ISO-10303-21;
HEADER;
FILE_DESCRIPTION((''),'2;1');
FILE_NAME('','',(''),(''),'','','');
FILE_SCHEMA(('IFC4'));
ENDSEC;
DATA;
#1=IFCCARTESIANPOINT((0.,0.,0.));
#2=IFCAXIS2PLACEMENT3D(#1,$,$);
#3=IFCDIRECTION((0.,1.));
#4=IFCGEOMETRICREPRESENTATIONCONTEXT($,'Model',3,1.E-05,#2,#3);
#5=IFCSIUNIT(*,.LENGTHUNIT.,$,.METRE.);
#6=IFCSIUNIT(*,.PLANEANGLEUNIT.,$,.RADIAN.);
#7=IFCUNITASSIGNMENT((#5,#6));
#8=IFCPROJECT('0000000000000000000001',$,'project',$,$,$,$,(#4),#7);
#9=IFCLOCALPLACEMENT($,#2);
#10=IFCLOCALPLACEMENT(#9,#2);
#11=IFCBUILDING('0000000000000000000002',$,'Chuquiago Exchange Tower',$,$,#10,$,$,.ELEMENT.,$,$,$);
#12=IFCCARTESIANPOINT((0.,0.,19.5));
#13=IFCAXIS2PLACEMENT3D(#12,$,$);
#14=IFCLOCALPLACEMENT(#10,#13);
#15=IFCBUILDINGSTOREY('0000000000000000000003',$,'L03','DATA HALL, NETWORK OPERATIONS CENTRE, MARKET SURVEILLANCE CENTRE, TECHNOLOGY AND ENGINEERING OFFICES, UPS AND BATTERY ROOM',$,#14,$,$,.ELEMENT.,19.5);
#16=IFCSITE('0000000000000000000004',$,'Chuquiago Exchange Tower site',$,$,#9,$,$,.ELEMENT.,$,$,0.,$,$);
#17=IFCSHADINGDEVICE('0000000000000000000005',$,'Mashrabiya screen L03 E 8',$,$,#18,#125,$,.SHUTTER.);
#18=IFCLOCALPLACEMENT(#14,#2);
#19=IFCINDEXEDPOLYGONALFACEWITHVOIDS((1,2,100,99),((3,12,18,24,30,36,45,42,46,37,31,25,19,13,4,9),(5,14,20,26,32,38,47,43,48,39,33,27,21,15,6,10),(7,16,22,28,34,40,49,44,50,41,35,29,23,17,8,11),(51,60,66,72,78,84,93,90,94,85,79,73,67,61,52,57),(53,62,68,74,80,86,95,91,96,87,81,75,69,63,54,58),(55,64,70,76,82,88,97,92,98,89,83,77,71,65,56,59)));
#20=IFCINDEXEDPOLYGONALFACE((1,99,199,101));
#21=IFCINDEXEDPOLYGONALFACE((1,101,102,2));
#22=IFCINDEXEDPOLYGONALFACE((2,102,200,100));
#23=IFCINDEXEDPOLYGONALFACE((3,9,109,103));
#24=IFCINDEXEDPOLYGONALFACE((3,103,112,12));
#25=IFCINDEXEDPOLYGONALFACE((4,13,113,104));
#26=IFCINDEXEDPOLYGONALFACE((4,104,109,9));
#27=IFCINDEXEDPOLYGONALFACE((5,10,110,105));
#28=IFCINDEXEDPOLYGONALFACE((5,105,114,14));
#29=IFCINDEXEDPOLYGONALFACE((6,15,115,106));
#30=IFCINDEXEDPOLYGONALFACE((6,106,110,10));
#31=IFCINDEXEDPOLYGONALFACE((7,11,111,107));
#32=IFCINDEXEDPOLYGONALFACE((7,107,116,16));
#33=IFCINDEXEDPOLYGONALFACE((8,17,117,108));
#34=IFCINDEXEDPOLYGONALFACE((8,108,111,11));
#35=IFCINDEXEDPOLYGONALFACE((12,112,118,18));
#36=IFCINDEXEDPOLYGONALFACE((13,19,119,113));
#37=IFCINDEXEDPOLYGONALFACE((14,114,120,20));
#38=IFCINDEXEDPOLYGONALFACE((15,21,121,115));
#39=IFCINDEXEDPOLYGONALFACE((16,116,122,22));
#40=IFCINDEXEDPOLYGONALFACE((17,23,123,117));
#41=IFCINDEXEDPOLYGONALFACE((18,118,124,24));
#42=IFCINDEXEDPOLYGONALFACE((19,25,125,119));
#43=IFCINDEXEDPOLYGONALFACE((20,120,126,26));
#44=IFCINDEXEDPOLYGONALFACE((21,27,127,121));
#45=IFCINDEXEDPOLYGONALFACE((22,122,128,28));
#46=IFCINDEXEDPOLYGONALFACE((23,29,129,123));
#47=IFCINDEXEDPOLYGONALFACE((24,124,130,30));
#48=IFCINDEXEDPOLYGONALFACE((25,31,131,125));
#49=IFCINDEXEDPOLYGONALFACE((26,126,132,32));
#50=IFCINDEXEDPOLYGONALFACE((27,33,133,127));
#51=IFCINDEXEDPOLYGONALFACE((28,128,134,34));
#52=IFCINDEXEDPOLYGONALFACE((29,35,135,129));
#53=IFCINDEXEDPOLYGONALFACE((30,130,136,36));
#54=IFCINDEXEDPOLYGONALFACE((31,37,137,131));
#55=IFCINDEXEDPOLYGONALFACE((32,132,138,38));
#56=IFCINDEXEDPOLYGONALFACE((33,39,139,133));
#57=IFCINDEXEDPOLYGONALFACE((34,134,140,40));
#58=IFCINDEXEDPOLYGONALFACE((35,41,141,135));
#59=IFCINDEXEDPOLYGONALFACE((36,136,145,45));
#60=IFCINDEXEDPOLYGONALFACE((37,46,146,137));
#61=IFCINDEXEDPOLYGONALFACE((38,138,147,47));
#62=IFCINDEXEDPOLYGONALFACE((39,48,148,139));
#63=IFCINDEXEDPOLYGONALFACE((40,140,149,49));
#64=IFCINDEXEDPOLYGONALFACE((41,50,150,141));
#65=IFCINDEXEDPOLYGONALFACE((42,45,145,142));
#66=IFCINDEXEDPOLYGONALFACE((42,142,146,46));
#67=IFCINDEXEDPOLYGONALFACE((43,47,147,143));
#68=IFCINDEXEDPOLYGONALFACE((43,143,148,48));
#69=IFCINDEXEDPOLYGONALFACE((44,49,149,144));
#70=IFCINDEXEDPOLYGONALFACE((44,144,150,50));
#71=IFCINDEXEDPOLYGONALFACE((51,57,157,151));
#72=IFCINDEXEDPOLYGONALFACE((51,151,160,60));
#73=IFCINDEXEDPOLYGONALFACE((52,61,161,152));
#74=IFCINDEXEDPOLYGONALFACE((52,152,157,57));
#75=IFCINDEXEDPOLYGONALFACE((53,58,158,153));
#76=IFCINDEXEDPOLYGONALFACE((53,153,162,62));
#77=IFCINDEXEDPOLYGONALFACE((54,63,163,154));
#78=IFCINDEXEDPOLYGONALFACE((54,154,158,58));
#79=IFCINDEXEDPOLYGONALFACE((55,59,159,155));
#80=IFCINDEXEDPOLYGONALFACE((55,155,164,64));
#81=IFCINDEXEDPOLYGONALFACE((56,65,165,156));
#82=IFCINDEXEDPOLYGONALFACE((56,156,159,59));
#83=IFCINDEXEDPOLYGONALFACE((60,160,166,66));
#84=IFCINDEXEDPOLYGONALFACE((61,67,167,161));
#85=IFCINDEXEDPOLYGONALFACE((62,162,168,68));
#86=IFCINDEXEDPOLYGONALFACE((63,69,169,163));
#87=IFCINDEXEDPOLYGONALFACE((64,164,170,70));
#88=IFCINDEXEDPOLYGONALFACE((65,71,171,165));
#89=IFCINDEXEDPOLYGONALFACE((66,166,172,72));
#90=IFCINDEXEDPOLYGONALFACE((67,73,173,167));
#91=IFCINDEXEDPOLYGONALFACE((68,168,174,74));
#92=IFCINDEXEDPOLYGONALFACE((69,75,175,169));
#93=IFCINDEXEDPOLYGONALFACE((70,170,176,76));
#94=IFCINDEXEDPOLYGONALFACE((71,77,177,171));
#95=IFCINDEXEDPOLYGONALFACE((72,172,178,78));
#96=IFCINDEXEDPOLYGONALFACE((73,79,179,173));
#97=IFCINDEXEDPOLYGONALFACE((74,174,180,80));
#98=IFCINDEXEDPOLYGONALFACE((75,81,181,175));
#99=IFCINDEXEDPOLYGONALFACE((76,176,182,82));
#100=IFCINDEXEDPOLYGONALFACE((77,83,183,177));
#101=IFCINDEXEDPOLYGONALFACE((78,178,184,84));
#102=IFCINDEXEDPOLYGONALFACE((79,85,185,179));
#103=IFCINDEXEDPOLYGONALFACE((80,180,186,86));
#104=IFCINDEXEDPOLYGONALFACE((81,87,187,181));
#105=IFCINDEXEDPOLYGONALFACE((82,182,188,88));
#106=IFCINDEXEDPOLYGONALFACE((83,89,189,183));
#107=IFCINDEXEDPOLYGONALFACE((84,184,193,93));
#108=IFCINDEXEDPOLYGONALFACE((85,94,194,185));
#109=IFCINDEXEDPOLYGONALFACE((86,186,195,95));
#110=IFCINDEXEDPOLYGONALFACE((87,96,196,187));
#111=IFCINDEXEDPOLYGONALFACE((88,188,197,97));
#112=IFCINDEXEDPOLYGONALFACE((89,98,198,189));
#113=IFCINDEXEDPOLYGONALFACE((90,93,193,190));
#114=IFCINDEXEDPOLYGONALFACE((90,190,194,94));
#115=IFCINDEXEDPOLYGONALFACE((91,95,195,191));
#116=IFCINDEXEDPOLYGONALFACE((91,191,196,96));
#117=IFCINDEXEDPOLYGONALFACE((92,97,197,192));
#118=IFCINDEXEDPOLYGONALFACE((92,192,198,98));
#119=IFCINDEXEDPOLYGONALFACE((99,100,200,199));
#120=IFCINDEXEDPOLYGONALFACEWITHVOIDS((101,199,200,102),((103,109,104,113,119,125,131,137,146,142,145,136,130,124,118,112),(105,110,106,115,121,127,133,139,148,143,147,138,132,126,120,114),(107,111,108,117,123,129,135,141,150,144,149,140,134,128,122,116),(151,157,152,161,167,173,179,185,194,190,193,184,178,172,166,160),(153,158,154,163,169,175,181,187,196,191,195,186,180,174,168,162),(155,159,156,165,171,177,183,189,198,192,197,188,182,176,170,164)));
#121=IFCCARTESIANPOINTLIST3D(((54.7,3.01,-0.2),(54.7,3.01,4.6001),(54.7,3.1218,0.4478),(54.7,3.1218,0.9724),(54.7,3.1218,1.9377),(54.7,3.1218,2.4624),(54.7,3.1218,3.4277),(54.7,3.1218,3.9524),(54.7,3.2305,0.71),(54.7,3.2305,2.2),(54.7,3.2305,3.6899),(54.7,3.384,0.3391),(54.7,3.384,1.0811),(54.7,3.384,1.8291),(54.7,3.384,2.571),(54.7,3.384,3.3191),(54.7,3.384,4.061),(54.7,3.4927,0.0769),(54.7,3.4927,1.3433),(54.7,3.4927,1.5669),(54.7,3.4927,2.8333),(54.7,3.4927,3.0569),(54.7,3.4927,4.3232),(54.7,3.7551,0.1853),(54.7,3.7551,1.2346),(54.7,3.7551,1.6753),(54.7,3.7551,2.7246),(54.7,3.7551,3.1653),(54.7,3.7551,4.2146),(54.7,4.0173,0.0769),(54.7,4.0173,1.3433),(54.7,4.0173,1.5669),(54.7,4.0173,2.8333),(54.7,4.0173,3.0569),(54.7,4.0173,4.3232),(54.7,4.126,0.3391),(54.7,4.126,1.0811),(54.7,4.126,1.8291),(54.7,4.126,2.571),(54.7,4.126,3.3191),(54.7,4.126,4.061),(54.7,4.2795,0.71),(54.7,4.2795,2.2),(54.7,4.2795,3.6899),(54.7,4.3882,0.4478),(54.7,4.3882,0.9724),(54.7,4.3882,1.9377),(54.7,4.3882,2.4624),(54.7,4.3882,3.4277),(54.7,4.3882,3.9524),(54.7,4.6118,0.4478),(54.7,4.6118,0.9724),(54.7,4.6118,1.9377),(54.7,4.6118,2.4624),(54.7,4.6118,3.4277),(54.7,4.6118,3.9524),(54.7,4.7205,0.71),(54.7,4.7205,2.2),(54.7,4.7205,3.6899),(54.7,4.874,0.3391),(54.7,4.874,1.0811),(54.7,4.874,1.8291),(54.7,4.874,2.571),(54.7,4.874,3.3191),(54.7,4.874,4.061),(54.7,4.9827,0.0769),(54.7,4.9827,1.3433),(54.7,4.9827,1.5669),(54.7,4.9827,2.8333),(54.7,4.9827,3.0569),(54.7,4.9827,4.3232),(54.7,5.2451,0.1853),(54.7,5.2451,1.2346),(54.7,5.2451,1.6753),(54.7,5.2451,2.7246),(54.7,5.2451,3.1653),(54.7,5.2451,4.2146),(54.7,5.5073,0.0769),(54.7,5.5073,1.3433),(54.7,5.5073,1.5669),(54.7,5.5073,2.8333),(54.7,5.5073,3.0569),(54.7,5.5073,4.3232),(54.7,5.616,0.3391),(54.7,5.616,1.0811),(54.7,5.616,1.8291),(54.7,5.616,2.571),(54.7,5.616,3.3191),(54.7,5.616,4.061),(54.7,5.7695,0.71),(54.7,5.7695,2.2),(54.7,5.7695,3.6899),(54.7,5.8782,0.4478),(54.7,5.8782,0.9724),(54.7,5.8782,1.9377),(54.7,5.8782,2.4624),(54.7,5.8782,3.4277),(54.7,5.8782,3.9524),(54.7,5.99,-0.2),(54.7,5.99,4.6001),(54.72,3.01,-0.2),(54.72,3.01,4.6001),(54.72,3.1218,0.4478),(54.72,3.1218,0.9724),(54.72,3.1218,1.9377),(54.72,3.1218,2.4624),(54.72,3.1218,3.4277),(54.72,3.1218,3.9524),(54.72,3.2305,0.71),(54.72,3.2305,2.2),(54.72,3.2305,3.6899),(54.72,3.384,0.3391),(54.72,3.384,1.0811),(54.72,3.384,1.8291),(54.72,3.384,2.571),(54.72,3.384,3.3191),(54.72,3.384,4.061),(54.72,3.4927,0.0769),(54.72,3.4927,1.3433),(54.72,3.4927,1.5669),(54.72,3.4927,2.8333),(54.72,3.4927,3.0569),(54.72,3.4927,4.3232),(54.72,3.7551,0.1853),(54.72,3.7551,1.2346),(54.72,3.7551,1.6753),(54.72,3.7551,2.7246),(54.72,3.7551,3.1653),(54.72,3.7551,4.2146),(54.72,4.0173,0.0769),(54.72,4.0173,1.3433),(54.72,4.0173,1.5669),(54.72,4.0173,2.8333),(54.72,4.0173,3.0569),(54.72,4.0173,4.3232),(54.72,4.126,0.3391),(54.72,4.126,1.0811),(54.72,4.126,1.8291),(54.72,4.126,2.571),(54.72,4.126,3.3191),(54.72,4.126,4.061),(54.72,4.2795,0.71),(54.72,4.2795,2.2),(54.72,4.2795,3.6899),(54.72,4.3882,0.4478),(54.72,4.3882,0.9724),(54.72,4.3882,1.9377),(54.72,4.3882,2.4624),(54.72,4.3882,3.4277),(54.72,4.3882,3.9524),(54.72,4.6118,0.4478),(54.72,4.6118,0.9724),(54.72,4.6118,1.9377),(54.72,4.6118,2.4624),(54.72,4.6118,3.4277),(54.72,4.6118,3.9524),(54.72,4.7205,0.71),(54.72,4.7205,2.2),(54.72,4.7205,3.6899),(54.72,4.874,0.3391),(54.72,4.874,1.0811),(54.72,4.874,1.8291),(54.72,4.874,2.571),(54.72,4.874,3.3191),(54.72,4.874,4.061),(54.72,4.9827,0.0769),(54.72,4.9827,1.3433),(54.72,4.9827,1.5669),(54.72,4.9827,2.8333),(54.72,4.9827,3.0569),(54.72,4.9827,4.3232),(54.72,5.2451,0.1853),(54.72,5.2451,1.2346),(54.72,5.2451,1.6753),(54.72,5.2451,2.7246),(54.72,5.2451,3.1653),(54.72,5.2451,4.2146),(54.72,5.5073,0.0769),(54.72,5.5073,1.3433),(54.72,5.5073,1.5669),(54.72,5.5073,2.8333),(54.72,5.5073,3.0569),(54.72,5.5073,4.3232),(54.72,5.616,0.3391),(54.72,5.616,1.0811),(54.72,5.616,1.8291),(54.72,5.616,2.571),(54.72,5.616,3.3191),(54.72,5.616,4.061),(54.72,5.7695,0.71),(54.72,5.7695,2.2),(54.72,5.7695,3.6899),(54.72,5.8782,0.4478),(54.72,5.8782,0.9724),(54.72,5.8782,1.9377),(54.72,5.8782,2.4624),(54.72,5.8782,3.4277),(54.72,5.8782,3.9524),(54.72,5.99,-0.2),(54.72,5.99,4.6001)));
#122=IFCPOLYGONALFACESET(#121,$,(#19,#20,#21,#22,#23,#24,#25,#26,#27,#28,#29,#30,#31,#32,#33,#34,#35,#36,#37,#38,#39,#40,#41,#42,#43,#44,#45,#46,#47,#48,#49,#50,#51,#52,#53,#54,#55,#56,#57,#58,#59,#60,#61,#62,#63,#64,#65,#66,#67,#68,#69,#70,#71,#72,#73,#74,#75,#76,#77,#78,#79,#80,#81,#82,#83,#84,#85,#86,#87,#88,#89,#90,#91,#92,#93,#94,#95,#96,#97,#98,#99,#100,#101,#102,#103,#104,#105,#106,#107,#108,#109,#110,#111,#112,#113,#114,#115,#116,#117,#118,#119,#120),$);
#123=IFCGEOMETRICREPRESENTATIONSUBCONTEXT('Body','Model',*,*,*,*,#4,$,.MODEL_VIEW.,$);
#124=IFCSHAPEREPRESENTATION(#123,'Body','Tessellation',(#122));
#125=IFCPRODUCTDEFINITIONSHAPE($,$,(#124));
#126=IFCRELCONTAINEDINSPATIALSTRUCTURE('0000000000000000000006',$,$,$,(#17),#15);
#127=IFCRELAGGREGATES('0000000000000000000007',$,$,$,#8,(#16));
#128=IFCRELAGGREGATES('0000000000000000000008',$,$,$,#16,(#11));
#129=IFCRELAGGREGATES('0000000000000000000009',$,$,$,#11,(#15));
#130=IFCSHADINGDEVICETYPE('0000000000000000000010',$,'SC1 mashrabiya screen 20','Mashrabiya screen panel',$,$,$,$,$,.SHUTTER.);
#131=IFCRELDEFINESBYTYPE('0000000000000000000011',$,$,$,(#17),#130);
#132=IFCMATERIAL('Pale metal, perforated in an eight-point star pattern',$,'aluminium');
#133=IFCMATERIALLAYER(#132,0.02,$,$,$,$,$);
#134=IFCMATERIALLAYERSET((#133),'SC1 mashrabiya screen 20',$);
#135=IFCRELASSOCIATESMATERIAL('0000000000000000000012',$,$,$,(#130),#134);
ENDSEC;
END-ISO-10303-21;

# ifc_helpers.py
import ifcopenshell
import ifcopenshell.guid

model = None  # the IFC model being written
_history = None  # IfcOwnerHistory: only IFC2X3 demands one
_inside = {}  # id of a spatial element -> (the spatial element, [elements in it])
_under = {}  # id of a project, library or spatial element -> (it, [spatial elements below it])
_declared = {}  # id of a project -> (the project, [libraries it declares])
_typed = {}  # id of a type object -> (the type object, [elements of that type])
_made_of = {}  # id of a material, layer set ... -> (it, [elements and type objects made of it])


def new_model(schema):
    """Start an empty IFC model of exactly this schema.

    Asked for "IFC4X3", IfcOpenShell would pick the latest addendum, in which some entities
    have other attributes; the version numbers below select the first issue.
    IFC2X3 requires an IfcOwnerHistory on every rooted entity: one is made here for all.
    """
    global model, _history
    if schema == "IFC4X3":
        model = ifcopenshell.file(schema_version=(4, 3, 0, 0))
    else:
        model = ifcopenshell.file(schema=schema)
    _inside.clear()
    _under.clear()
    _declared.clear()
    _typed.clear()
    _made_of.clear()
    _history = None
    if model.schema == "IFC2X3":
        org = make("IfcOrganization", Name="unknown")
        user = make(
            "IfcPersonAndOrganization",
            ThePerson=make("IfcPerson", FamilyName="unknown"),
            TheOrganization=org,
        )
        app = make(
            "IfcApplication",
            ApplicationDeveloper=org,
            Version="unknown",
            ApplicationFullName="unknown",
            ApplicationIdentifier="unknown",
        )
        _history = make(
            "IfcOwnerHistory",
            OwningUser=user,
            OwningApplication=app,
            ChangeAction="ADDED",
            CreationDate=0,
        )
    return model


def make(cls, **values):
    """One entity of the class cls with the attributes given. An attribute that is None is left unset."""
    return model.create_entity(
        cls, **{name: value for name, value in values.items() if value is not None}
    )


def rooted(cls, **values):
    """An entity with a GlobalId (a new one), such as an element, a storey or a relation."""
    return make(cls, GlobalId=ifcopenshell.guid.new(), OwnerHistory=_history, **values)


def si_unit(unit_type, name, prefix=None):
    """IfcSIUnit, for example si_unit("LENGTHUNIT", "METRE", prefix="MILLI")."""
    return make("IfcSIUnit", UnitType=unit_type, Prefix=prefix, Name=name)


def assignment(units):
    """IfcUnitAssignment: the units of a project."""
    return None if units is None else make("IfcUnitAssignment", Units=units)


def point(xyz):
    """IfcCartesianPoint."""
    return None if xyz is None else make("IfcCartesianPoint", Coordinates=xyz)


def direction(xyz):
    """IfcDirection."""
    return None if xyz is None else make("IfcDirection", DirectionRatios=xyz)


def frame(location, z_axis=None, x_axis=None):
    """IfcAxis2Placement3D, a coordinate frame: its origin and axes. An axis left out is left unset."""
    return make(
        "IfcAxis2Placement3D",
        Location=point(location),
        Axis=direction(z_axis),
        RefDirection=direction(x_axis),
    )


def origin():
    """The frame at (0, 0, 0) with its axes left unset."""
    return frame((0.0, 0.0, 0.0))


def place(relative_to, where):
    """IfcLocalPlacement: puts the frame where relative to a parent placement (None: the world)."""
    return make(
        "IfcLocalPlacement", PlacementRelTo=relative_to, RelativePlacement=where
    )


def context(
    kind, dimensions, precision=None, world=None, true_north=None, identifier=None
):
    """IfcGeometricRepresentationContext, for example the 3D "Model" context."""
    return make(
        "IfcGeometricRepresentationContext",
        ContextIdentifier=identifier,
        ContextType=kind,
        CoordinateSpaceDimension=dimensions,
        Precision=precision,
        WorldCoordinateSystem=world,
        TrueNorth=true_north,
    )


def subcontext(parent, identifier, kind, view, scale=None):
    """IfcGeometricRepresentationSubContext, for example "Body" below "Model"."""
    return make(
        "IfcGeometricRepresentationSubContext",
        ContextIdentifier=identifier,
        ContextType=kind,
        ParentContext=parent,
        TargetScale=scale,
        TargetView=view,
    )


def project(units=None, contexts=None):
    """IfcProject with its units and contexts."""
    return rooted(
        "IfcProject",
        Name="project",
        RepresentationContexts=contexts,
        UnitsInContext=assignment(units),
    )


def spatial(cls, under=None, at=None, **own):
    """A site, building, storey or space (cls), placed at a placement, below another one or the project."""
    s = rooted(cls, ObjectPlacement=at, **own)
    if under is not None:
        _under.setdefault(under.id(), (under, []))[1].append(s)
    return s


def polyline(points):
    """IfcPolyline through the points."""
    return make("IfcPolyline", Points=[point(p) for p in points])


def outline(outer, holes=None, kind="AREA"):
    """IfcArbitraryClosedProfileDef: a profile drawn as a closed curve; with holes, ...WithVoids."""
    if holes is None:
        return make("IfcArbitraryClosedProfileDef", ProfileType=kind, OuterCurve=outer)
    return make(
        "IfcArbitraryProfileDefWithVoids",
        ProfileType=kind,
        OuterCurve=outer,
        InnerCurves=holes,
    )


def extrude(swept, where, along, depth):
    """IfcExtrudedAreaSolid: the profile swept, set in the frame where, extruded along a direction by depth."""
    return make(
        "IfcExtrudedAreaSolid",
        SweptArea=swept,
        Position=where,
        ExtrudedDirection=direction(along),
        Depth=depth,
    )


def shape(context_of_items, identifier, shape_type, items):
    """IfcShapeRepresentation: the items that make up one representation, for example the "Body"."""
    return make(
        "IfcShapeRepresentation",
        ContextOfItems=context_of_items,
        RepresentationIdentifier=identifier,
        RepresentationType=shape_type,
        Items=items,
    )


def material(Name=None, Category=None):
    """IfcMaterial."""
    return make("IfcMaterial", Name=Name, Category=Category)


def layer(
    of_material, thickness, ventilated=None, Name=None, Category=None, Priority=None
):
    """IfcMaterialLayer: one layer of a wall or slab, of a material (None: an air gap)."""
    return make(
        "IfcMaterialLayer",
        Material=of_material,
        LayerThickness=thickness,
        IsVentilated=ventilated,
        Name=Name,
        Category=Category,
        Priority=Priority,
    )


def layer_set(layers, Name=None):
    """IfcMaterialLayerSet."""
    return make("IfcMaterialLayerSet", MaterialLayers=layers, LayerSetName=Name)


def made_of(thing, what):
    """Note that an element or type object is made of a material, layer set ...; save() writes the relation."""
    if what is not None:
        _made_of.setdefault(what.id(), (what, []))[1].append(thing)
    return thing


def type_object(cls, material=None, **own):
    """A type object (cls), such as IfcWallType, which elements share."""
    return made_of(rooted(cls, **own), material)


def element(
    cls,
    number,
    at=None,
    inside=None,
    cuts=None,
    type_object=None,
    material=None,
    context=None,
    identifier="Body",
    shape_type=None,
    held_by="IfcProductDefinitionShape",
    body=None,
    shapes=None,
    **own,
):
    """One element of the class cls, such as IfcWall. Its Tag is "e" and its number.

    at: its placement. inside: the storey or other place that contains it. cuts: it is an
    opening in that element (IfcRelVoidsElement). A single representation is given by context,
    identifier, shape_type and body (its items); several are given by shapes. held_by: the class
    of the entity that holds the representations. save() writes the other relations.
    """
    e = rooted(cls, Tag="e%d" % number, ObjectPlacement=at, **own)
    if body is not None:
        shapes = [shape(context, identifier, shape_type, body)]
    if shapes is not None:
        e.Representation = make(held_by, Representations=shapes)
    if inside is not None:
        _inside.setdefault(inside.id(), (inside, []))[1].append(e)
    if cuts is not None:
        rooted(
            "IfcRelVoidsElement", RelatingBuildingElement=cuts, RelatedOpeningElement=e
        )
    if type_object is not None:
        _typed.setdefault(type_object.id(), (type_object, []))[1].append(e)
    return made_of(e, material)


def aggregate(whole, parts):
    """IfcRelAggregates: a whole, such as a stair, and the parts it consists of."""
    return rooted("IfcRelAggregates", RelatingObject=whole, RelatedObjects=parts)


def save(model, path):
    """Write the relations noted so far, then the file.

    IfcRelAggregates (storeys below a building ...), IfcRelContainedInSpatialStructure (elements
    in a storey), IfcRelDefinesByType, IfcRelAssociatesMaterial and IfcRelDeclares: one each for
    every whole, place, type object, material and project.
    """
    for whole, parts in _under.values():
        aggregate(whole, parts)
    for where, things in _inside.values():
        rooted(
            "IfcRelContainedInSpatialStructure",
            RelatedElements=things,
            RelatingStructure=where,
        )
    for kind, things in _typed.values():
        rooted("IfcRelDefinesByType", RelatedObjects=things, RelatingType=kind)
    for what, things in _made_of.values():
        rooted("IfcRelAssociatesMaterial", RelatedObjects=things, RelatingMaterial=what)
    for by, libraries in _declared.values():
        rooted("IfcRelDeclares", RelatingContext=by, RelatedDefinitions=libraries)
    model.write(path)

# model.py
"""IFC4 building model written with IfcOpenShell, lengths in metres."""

from ifc_helpers import new_model, si_unit, direction, frame, origin, place, context, subcontext, project, spatial, polyline, outline, extrude, material, layer, layer_set, type_object, element, save


model = new_model("IFC4")

# Units and contexts
model_context = context("Model", 3, precision=1e-05, world=origin(), true_north=direction((0.0, 1.0)))
body_context = subcontext(model_context, "Body", "Model", "MODEL_VIEW")
ifc_project = project(units=[si_unit("LENGTHUNIT", "METRE"), si_unit("PLANEANGLEUNIT", "RADIAN")], contexts=[model_context])

# Site, building, storey
site_placement = place(None, origin())
site = spatial("IfcSite", under=ifc_project, at=site_placement, Name="Chuquiago Exchange Tower site", CompositionType="ELEMENT", RefElevation=0.0)
building_placement = place(site_placement, origin())
building = spatial("IfcBuilding", under=site, at=building_placement, Name="Chuquiago Exchange Tower", CompositionType="ELEMENT")
storey_placement = place(building_placement, frame((0.0, 0.0, 19.5)))
storey = spatial("IfcBuildingStorey", under=building, at=storey_placement, Name="L03", Description="DATA HALL, NETWORK OPERATIONS CENTRE, MARKET SURVEILLANCE CENTRE, TECHNOLOGY AND ENGINEERING OFFICES, UPS AND BATTERY ROOM", CompositionType="ELEMENT", Elevation=19.5)

# Shading device
ifc_material_1 = material(Name="Pale metal, perforated in an eight-point star pattern", Category="aluminium")
ifc_layer_1 = layer(ifc_material_1, 0.02)
ifc_layer_set_1 = layer_set([ifc_layer_1], Name="SC1 mashrabiya screen 20")
shading_device_type = type_object("IfcShadingDeviceType", Name="SC1 mashrabiya screen 20", Description="Mashrabiya screen panel", PredefinedType="SHUTTER", material=ifc_layer_set_1)
shading_device_1_placement = place(storey_placement, frame((54.7, 3.01, -0.2), z_axis=(0.0, 0.0, 1.0), x_axis=(0.0, 1.0, 0.0)))
element("IfcShadingDevice", 1, at=shading_device_1_placement, inside=storey, type_object=shading_device_type, Name="Mashrabiya screen L03 E 8", PredefinedType="SHUTTER", context=body_context, shape_type="SweptSolid", body=[
    extrude(outline(polyline([(0.0, 0.0), (2.98, 0.0), (2.98, 4.8), (0.0, 4.8), (0.0, 0.0)]), holes=[polyline([(1.2695, 0.9099), (1.3782, 1.1724), (1.116, 1.281), (1.0073, 1.5432), (0.7451, 1.4346), (0.4827, 1.5432), (0.374, 1.281), (0.1118, 1.1724), (0.2205, 0.9099), (0.1118, 0.6477), (0.374, 0.5391), (0.4827, 0.2769), (0.7451, 0.3853), (1.0073, 0.2769), (1.116, 0.5391), (1.3782, 0.6477), (1.2695, 0.9099)]), polyline([(2.7595, 0.9099), (2.8682, 1.1724), (2.606, 1.281), (2.4973, 1.5432), (2.2351, 1.4346), (1.9727, 1.5432), (1.864, 1.281), (1.6018, 1.1724), (1.7104, 0.9099), (1.6018, 0.6477), (1.864, 0.5391), (1.9727, 0.2769), (2.2351, 0.3853), (2.4973, 0.2769), (2.606, 0.5391), (2.8682, 0.6477), (2.7595, 0.9099)]), polyline([(1.2695, 2.3999), (1.3782, 2.6624), (1.116, 2.771), (1.0073, 3.0332), (0.7451, 2.9246), (0.4827, 3.0332), (0.374, 2.771), (0.1118, 2.6624), (0.2205, 2.3999), (0.1118, 2.1377), (0.374, 2.0291), (0.4827, 1.7668), (0.7451, 1.8752), (1.0073, 1.7668), (1.116, 2.0291), (1.3782, 2.1377), (1.2695, 2.3999)]), polyline([(2.7595, 2.3999), (2.8682, 2.6624), (2.606, 2.771), (2.4973, 3.0332), (2.2351, 2.9246), (1.9727, 3.0332), (1.864, 2.771), (1.6018, 2.6624), (1.7104, 2.3999), (1.6018, 2.1377), (1.864, 2.0291), (1.9727, 1.7668), (2.2351, 1.8752), (2.4973, 1.7668), (2.606, 2.0291), (2.8682, 2.1377), (2.7595, 2.3999)]), polyline([(1.2695, 3.8899), (1.3782, 4.1523), (1.116, 4.261), (1.0073, 4.5232), (0.7451, 4.4146), (0.4827, 4.5232), (0.374, 4.261), (0.1118, 4.1523), (0.2205, 3.8899), (0.1118, 3.6277), (0.374, 3.519), (0.4827, 3.2568), (0.7451, 3.3652), (1.0073, 3.2568), (1.116, 3.519), (1.3782, 3.6277), (1.2695, 3.8899)]), polyline([(2.7595, 3.8899), (2.8682, 4.1523), (2.606, 4.261), (2.4973, 4.5232), (2.2351, 4.4146), (1.9727, 4.5232), (1.864, 4.261), (1.6018, 4.1523), (1.7104, 3.8899), (1.6018, 3.6277), (1.864, 3.519), (1.9727, 3.2568), (2.2351, 3.3652), (2.4973, 3.2568), (2.606, 3.519), (2.8682, 3.6277), (2.7595, 3.8899)])]), frame((0.0, 0.0, 0.0), z_axis=(0.0, -1.0, 0.0), x_axis=(1.0, 0.0, 0.0)), (0.0, 0.0, 1.0), 0.02),
])

save(model, "model.ifc")
